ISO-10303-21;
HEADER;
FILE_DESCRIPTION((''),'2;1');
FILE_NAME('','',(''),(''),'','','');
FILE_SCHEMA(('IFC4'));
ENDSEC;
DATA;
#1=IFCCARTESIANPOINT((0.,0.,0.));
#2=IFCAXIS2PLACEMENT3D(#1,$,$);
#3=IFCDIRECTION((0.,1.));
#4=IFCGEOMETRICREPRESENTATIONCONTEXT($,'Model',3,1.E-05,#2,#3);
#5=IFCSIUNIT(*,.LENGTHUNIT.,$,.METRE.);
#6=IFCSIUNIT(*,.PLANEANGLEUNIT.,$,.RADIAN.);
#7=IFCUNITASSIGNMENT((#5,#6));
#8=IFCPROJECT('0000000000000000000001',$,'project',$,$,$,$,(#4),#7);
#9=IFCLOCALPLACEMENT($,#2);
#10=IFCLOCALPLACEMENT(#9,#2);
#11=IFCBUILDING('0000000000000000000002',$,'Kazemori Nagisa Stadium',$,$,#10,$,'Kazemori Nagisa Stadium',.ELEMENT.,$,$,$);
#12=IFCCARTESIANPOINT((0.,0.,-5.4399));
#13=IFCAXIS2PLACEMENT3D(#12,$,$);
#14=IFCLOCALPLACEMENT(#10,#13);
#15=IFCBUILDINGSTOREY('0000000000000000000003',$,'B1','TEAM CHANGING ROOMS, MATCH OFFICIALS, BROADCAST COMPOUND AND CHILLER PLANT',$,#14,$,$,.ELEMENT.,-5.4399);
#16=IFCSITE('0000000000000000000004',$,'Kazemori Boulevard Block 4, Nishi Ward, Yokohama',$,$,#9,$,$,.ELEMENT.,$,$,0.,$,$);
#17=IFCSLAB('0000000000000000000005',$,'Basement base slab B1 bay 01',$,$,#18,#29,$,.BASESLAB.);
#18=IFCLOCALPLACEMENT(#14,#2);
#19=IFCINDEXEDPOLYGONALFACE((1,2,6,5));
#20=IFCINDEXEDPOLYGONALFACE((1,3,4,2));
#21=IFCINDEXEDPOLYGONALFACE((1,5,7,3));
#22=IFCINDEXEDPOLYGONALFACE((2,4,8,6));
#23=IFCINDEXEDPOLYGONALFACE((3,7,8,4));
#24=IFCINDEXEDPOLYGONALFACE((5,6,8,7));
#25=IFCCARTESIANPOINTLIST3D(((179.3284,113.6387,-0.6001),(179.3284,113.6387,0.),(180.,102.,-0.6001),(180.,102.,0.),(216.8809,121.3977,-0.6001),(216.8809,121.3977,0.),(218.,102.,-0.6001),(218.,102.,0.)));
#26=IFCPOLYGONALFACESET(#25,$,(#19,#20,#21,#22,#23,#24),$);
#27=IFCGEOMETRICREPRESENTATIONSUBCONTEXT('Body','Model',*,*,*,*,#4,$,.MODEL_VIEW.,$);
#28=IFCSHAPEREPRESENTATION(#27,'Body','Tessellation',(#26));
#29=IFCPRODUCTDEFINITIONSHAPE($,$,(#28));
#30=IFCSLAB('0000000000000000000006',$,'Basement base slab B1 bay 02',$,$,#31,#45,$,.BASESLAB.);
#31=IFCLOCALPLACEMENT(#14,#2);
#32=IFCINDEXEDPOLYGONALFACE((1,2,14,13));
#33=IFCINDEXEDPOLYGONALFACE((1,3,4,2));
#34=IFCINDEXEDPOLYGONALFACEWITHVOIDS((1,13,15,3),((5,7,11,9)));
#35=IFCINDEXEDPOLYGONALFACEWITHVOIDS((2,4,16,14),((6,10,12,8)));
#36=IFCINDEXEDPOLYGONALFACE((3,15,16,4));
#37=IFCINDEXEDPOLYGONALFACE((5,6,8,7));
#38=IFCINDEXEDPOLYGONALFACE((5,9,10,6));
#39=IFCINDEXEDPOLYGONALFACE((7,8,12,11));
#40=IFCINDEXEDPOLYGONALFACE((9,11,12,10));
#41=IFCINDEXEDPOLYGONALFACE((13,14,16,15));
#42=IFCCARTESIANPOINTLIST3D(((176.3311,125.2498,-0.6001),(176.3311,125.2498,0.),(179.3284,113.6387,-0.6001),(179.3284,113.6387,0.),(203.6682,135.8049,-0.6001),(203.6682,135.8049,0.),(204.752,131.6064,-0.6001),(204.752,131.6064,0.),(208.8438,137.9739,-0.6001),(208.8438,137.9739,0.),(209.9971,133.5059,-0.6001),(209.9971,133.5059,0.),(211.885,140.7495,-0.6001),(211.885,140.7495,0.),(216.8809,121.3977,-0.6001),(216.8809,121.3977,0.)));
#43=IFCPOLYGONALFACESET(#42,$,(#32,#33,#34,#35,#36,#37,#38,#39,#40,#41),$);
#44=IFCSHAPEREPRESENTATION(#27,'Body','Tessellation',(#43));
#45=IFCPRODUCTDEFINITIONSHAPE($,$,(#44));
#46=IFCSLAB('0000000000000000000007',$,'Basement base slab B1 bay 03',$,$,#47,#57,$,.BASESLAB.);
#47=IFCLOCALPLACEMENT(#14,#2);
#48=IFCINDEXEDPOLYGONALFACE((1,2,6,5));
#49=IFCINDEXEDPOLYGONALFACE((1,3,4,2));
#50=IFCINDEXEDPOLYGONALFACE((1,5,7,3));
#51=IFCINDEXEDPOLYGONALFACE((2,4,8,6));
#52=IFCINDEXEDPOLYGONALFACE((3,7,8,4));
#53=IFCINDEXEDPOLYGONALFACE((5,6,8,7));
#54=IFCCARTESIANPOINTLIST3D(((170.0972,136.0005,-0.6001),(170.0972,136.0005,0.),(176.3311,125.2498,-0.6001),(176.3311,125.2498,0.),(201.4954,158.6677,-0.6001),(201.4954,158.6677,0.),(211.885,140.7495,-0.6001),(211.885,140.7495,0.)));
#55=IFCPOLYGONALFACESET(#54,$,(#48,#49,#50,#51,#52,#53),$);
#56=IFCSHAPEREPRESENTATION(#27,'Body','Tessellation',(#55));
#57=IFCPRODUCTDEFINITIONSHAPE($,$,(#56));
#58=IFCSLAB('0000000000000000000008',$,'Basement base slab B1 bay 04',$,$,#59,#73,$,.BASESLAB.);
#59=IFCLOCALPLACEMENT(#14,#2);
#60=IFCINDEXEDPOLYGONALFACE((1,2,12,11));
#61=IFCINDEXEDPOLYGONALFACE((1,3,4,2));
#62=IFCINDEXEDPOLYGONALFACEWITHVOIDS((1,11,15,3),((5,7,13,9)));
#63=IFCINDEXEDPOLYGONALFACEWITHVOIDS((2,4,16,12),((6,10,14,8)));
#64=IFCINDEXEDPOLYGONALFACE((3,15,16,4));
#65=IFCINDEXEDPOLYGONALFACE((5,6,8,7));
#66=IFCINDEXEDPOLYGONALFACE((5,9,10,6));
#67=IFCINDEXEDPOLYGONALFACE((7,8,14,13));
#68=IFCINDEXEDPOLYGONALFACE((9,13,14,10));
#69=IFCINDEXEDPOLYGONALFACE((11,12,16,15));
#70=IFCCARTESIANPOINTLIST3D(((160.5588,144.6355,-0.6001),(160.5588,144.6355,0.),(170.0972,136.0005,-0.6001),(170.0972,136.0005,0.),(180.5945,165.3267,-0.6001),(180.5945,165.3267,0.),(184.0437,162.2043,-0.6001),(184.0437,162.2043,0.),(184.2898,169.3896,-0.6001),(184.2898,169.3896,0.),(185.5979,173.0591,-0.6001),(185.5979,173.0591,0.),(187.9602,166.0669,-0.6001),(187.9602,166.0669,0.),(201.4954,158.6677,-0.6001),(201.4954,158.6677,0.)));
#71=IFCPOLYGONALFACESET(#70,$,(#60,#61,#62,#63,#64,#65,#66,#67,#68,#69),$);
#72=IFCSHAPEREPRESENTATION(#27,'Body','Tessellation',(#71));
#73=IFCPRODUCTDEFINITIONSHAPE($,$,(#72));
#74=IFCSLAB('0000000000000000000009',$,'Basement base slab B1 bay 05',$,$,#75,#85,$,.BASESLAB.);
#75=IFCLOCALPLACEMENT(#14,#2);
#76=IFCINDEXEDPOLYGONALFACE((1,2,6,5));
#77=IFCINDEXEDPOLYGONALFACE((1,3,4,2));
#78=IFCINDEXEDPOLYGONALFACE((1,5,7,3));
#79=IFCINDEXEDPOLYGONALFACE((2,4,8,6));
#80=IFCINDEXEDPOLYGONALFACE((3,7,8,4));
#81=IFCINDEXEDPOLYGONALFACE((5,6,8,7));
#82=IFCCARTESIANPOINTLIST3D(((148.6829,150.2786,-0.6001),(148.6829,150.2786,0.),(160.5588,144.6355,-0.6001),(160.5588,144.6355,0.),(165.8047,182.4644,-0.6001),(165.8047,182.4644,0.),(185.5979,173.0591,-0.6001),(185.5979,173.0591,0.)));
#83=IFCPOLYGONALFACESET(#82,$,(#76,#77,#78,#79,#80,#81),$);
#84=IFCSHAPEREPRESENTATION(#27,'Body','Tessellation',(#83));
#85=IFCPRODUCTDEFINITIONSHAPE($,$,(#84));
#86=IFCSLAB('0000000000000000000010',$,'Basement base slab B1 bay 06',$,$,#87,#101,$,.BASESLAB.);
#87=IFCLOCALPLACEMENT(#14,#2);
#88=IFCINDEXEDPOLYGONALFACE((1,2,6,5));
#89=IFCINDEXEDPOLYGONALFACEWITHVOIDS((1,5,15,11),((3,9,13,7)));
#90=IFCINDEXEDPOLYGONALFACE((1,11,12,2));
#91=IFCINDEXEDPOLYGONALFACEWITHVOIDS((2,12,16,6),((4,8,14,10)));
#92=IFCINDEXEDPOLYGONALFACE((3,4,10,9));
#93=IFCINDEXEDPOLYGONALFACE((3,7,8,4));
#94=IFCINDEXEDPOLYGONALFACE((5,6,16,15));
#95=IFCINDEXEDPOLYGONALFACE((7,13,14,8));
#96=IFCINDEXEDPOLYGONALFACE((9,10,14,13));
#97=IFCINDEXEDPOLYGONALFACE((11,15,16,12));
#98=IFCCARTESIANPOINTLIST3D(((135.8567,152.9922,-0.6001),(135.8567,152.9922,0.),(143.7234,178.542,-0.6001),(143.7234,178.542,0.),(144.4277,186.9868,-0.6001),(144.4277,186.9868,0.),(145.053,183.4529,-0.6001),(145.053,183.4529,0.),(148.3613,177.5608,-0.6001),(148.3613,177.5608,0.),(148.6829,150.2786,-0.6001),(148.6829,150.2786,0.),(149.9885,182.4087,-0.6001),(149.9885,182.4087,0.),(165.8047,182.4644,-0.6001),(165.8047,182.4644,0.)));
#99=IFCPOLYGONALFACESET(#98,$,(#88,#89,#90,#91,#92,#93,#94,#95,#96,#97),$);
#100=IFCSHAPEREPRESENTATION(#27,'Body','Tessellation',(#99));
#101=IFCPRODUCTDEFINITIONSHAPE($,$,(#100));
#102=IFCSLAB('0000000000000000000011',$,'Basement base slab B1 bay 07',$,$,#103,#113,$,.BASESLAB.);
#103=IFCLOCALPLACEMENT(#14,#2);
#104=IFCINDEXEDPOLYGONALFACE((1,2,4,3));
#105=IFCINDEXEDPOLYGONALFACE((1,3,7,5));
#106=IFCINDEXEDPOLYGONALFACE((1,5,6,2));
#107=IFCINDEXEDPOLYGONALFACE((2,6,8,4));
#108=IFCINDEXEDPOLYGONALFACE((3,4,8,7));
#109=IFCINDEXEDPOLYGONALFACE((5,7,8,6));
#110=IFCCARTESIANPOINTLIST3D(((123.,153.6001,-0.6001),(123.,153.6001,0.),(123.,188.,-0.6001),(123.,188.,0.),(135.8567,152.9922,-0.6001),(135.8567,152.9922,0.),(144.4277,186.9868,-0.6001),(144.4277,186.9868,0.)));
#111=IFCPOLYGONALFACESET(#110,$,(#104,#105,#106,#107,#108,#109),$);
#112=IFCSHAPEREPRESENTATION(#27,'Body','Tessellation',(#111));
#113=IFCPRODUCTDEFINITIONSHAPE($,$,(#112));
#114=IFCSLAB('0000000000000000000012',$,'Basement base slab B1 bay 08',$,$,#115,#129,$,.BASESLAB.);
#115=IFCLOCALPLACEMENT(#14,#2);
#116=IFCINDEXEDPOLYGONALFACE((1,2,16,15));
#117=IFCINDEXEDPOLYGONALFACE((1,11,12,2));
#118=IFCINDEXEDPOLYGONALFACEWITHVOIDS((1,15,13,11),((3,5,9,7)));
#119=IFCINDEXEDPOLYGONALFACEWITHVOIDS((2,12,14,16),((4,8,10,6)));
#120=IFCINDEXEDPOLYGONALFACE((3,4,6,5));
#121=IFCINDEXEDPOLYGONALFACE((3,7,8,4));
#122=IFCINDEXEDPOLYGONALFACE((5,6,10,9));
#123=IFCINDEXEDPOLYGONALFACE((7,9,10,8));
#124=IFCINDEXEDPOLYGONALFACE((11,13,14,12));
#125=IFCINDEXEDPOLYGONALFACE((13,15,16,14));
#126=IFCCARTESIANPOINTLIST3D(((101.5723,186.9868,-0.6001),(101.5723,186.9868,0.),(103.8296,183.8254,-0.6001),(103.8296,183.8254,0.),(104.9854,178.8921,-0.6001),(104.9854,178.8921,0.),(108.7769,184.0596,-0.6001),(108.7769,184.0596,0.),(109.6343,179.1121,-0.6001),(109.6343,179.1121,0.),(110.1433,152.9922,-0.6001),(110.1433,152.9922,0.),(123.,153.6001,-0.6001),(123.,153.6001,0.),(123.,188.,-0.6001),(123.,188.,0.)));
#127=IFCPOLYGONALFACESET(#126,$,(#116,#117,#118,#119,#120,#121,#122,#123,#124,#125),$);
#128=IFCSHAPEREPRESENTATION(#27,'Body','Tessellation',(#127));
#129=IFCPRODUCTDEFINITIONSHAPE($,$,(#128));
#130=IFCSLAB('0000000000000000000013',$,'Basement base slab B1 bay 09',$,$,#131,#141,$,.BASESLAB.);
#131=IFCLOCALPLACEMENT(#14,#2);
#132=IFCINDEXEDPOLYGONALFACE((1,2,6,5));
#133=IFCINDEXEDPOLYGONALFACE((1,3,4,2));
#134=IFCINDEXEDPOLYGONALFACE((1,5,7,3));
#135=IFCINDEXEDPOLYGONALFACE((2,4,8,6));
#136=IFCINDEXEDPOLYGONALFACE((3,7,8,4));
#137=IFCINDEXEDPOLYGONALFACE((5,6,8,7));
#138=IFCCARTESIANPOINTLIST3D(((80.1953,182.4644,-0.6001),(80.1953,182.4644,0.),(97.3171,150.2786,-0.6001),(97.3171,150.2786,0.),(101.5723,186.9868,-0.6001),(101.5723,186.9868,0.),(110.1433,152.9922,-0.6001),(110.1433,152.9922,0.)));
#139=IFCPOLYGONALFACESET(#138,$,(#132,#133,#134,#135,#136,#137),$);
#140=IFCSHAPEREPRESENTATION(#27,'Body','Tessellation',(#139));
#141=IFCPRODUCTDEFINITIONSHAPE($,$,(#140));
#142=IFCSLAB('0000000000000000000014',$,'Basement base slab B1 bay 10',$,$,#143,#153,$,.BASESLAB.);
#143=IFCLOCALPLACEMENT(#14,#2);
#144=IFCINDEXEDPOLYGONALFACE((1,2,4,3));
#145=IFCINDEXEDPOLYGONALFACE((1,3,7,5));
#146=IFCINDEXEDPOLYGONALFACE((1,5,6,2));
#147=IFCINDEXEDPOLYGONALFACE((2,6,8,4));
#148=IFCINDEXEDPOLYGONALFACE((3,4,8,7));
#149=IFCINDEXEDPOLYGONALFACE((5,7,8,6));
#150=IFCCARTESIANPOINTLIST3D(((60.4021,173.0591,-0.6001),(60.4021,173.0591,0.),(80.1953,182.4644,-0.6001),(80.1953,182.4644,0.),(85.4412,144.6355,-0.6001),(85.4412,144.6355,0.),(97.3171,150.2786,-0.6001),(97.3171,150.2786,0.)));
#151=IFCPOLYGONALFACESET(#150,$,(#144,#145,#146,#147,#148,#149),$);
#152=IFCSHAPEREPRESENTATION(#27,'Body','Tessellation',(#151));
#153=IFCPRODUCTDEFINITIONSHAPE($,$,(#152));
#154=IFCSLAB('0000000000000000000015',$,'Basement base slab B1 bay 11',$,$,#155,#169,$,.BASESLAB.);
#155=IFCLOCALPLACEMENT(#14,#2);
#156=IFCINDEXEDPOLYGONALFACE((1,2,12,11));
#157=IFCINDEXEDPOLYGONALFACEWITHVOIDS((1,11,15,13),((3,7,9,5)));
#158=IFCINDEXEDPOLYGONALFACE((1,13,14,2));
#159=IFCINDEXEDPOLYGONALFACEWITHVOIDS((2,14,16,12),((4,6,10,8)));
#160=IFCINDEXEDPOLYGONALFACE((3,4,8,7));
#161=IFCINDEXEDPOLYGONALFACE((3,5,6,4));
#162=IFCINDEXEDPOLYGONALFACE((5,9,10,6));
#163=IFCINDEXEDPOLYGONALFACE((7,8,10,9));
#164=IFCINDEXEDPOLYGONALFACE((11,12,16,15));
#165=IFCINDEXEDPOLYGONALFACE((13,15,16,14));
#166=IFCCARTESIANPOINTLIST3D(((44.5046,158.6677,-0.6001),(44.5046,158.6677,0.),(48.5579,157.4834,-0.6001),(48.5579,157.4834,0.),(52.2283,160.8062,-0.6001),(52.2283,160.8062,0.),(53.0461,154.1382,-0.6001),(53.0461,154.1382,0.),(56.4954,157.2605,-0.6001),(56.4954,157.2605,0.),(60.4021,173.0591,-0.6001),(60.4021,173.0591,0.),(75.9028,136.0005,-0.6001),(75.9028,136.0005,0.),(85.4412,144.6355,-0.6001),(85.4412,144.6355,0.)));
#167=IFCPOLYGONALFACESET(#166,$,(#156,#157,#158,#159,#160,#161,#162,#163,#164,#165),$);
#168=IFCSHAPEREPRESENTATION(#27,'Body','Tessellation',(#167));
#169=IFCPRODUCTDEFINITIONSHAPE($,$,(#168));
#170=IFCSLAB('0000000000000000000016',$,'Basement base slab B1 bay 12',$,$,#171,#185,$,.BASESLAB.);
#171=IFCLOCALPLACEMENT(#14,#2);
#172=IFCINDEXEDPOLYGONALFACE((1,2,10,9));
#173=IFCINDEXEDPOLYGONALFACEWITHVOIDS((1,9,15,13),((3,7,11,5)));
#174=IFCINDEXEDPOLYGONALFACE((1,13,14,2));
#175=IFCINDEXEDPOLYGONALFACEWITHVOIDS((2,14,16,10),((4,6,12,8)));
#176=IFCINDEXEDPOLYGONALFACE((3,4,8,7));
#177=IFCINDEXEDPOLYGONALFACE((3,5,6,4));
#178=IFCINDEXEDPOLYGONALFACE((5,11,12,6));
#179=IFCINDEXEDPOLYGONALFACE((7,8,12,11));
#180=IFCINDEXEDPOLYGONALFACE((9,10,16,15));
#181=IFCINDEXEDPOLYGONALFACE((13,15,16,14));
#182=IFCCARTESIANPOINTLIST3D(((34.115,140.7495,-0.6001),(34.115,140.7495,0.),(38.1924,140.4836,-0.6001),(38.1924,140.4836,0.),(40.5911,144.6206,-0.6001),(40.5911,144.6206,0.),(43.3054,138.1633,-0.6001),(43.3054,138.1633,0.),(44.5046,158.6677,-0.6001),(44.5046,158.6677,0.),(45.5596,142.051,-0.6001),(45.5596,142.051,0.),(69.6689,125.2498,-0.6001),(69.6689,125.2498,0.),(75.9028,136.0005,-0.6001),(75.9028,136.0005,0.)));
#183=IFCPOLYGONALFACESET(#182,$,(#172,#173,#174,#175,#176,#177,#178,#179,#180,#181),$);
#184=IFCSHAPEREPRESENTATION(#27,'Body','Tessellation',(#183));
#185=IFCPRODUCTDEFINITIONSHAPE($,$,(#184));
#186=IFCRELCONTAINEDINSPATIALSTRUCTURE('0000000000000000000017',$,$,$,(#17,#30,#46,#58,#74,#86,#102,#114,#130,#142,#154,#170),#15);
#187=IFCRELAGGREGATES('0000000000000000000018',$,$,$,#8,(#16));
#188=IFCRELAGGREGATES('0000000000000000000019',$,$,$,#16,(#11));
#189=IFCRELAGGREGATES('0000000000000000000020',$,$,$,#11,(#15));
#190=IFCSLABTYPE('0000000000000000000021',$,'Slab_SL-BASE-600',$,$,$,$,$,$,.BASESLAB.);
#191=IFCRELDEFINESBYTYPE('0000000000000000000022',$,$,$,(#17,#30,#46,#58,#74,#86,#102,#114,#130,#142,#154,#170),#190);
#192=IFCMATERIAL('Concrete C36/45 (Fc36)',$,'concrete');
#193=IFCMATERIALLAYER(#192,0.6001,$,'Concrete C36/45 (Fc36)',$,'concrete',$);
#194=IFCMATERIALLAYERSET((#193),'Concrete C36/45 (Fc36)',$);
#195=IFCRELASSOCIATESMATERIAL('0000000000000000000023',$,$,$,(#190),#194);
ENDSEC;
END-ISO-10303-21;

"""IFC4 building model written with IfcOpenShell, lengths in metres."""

from ifc_helpers import new_model, si_unit, direction, frame, origin, place, context, subcontext, project, spatial, polyline, outline, extrude, material, layer, layer_set, type_object, element, save


model = new_model("IFC4")

# Units and contexts
model_context = context("Model", 3, precision=1e-05, world=origin(), true_north=direction((0.0, 1.0)))
body_context = subcontext(model_context, "Body", "Model", "MODEL_VIEW")
ifc_project = project(units=[si_unit("LENGTHUNIT", "METRE"), si_unit("PLANEANGLEUNIT", "RADIAN")], contexts=[model_context])

# Site, building, storey
site_placement = place(None, origin())
site = spatial("IfcSite", under=ifc_project, at=site_placement, Name="Kazemori Boulevard Block 4, Nishi Ward, Yokohama", CompositionType="ELEMENT", RefElevation=0.0)
building_placement = place(site_placement, origin())
building = spatial("IfcBuilding", under=site, at=building_placement, Name="Kazemori Nagisa Stadium", LongName="Kazemori Nagisa Stadium", CompositionType="ELEMENT")
storey_placement = place(building_placement, frame((0.0, 0.0, -5.4399)))
storey = spatial("IfcBuildingStorey", under=building, at=storey_placement, Name="B1", Description="TEAM CHANGING ROOMS, MATCH OFFICIALS, BROADCAST COMPOUND AND CHILLER PLANT", CompositionType="ELEMENT", Elevation=-5.4399)

# Slabs
ifc_material = material(Name="Concrete C36/45 (Fc36)", Category="concrete")
ifc_layer_1 = layer(ifc_material, 0.6001, Name="Concrete C36/45 (Fc36)", Category="concrete")
ifc_layer_set_1 = layer_set([ifc_layer_1], Name="Concrete C36/45 (Fc36)")
slab_type_1 = type_object("IfcSlabType", Name="Slab_SL-BASE-600", PredefinedType="BASESLAB", material=ifc_layer_set_1)
slab_1_placement = place(storey_placement, frame((0.0, 0.0, -0.6001)))
element("IfcSlab", 1, at=slab_1_placement, inside=storey, type_object=slab_type_1, Name="Basement base slab B1 bay 01", PredefinedType="BASESLAB", context=body_context, shape_type="SweptSolid", body=[
    extrude(outline(polyline([(180.0, 102.0), (179.3284, 113.6387), (216.8809, 121.3977), (218.0, 102.0), (180.0, 102.0)])), origin(), (0.0, 0.0, 1.0), 0.6001),
])
slab_2_placement = place(storey_placement, frame((0.0, 0.0, -0.6001)))
element("IfcSlab", 2, at=slab_2_placement, inside=storey, type_object=slab_type_1, Name="Basement base slab B1 bay 02", PredefinedType="BASESLAB", context=body_context, shape_type="SweptSolid", body=[
    extrude(outline(polyline([(179.3284, 113.6387), (176.3311, 125.2498), (211.885, 140.7495), (216.8809, 121.3977), (179.3284, 113.6387)]), holes=[polyline([(204.752, 131.6064), (203.6682, 135.8049), (208.8438, 137.9739), (209.9971, 133.5059), (204.752, 131.6064)])]), origin(), (0.0, 0.0, 1.0), 0.6001),
])
slab_3_placement = place(storey_placement, frame((0.0, 0.0, -0.6001)))
element("IfcSlab", 3, at=slab_3_placement, inside=storey, type_object=slab_type_1, Name="Basement base slab B1 bay 03", PredefinedType="BASESLAB", context=body_context, shape_type="SweptSolid", body=[
    extrude(outline(polyline([(176.3311, 125.2498), (170.0972, 136.0005), (201.4954, 158.6677), (211.885, 140.7495), (176.3311, 125.2498)])), origin(), (0.0, 0.0, 1.0), 0.6001),
])
slab_4_placement = place(storey_placement, frame((0.0, 0.0, -0.6001)))
element("IfcSlab", 4, at=slab_4_placement, inside=storey, type_object=slab_type_1, Name="Basement base slab B1 bay 04", PredefinedType="BASESLAB", context=body_context, shape_type="SweptSolid", body=[
    extrude(outline(polyline([(170.0972, 136.0005), (160.5588, 144.6355), (185.5979, 173.0591), (201.4954, 158.6677), (170.0972, 136.0005)]), holes=[polyline([(184.0437, 162.2043), (180.5945, 165.3267), (184.2898, 169.3896), (187.9602, 166.0669), (184.0437, 162.2043)])]), origin(), (0.0, 0.0, 1.0), 0.6001),
])
slab_5_placement = place(storey_placement, frame((0.0, 0.0, -0.6001)))
element("IfcSlab", 5, at=slab_5_placement, inside=storey, type_object=slab_type_1, Name="Basement base slab B1 bay 05", PredefinedType="BASESLAB", context=body_context, shape_type="SweptSolid", body=[
    extrude(outline(polyline([(160.5588, 144.6355), (148.6829, 150.2786), (165.8047, 182.4644), (185.5979, 173.0591), (160.5588, 144.6355)])), origin(), (0.0, 0.0, 1.0), 0.6001),
])
slab_6_placement = place(storey_placement, frame((0.0, 0.0, -0.6001)))
element("IfcSlab", 6, at=slab_6_placement, inside=storey, type_object=slab_type_1, Name="Basement base slab B1 bay 06", PredefinedType="BASESLAB", context=body_context, shape_type="SweptSolid", body=[
    extrude(outline(polyline([(148.6829, 150.2786), (135.8567, 152.9922), (144.4277, 186.9868), (165.8047, 182.4644), (148.6829, 150.2786)]), holes=[polyline([(148.3613, 177.5608), (143.7234, 178.542), (145.053, 183.4529), (149.9885, 182.4087), (148.3613, 177.5608)])]), origin(), (0.0, 0.0, 1.0), 0.6001),
])
slab_7_placement = place(storey_placement, frame((0.0, 0.0, -0.6001)))
element("IfcSlab", 7, at=slab_7_placement, inside=storey, type_object=slab_type_1, Name="Basement base slab B1 bay 07", PredefinedType="BASESLAB", context=body_context, shape_type="SweptSolid", body=[
    extrude(outline(polyline([(135.8567, 152.9922), (123.0, 153.6001), (123.0, 188.0), (144.4277, 186.9868), (135.8567, 152.9922)])), origin(), (0.0, 0.0, 1.0), 0.6001),
])
slab_8_placement = place(storey_placement, frame((0.0, 0.0, -0.6001)))
element("IfcSlab", 8, at=slab_8_placement, inside=storey, type_object=slab_type_1, Name="Basement base slab B1 bay 08", PredefinedType="BASESLAB", context=body_context, shape_type="SweptSolid", body=[
    extrude(outline(polyline([(123.0, 153.6001), (110.1433, 152.9922), (101.5723, 186.9868), (123.0, 188.0), (123.0, 153.6001)]), holes=[polyline([(109.6343, 179.1121), (104.9854, 178.8921), (103.8296, 183.8254), (108.7769, 184.0596), (109.6343, 179.1121)])]), origin(), (0.0, 0.0, 1.0), 0.6001),
])
slab_9_placement = place(storey_placement, frame((0.0, 0.0, -0.6001)))
element("IfcSlab", 9, at=slab_9_placement, inside=storey, type_object=slab_type_1, Name="Basement base slab B1 bay 09", PredefinedType="BASESLAB", context=body_context, shape_type="SweptSolid", body=[
    extrude(outline(polyline([(110.1433, 152.9922), (97.3171, 150.2786), (80.1953, 182.4644), (101.5723, 186.9868), (110.1433, 152.9922)])), origin(), (0.0, 0.0, 1.0), 0.6001),
])
slab_10_placement = place(storey_placement, frame((0.0, 0.0, -0.6001)))
element("IfcSlab", 10, at=slab_10_placement, inside=storey, type_object=slab_type_1, Name="Basement base slab B1 bay 10", PredefinedType="BASESLAB", context=body_context, shape_type="SweptSolid", body=[
    extrude(outline(polyline([(97.3171, 150.2786), (85.4412, 144.6355), (60.4021, 173.0591), (80.1953, 182.4644), (97.3171, 150.2786)])), origin(), (0.0, 0.0, 1.0), 0.6001),
])
slab_11_placement = place(storey_placement, frame((0.0, 0.0, -0.6001)))
element("IfcSlab", 11, at=slab_11_placement, inside=storey, type_object=slab_type_1, Name="Basement base slab B1 bay 11", PredefinedType="BASESLAB", context=body_context, shape_type="SweptSolid", body=[
    extrude(outline(polyline([(85.4412, 144.6355), (75.9028, 136.0005), (44.5046, 158.6677), (60.4021, 173.0591), (85.4412, 144.6355)]), holes=[polyline([(56.4954, 157.2605), (53.0461, 154.1382), (48.5579, 157.4834), (52.2283, 160.8062), (56.4954, 157.2605)])]), origin(), (0.0, 0.0, 1.0), 0.6001),
])
slab_12_placement = place(storey_placement, frame((0.0, 0.0, -0.6001)))
element("IfcSlab", 12, at=slab_12_placement, inside=storey, type_object=slab_type_1, Name="Basement base slab B1 bay 12", PredefinedType="BASESLAB", context=body_context, shape_type="SweptSolid", body=[
    extrude(outline(polyline([(75.9028, 136.0005), (69.6689, 125.2498), (34.115, 140.7495), (44.5046, 158.6677), (75.9028, 136.0005)]), holes=[polyline([(45.5596, 142.051), (43.3054, 138.1633), (38.1924, 140.4836), (40.5911, 144.6206), (45.5596, 142.051)])]), origin(), (0.0, 0.0, 1.0), 0.6001),
])

save(model, "model.ifc")
